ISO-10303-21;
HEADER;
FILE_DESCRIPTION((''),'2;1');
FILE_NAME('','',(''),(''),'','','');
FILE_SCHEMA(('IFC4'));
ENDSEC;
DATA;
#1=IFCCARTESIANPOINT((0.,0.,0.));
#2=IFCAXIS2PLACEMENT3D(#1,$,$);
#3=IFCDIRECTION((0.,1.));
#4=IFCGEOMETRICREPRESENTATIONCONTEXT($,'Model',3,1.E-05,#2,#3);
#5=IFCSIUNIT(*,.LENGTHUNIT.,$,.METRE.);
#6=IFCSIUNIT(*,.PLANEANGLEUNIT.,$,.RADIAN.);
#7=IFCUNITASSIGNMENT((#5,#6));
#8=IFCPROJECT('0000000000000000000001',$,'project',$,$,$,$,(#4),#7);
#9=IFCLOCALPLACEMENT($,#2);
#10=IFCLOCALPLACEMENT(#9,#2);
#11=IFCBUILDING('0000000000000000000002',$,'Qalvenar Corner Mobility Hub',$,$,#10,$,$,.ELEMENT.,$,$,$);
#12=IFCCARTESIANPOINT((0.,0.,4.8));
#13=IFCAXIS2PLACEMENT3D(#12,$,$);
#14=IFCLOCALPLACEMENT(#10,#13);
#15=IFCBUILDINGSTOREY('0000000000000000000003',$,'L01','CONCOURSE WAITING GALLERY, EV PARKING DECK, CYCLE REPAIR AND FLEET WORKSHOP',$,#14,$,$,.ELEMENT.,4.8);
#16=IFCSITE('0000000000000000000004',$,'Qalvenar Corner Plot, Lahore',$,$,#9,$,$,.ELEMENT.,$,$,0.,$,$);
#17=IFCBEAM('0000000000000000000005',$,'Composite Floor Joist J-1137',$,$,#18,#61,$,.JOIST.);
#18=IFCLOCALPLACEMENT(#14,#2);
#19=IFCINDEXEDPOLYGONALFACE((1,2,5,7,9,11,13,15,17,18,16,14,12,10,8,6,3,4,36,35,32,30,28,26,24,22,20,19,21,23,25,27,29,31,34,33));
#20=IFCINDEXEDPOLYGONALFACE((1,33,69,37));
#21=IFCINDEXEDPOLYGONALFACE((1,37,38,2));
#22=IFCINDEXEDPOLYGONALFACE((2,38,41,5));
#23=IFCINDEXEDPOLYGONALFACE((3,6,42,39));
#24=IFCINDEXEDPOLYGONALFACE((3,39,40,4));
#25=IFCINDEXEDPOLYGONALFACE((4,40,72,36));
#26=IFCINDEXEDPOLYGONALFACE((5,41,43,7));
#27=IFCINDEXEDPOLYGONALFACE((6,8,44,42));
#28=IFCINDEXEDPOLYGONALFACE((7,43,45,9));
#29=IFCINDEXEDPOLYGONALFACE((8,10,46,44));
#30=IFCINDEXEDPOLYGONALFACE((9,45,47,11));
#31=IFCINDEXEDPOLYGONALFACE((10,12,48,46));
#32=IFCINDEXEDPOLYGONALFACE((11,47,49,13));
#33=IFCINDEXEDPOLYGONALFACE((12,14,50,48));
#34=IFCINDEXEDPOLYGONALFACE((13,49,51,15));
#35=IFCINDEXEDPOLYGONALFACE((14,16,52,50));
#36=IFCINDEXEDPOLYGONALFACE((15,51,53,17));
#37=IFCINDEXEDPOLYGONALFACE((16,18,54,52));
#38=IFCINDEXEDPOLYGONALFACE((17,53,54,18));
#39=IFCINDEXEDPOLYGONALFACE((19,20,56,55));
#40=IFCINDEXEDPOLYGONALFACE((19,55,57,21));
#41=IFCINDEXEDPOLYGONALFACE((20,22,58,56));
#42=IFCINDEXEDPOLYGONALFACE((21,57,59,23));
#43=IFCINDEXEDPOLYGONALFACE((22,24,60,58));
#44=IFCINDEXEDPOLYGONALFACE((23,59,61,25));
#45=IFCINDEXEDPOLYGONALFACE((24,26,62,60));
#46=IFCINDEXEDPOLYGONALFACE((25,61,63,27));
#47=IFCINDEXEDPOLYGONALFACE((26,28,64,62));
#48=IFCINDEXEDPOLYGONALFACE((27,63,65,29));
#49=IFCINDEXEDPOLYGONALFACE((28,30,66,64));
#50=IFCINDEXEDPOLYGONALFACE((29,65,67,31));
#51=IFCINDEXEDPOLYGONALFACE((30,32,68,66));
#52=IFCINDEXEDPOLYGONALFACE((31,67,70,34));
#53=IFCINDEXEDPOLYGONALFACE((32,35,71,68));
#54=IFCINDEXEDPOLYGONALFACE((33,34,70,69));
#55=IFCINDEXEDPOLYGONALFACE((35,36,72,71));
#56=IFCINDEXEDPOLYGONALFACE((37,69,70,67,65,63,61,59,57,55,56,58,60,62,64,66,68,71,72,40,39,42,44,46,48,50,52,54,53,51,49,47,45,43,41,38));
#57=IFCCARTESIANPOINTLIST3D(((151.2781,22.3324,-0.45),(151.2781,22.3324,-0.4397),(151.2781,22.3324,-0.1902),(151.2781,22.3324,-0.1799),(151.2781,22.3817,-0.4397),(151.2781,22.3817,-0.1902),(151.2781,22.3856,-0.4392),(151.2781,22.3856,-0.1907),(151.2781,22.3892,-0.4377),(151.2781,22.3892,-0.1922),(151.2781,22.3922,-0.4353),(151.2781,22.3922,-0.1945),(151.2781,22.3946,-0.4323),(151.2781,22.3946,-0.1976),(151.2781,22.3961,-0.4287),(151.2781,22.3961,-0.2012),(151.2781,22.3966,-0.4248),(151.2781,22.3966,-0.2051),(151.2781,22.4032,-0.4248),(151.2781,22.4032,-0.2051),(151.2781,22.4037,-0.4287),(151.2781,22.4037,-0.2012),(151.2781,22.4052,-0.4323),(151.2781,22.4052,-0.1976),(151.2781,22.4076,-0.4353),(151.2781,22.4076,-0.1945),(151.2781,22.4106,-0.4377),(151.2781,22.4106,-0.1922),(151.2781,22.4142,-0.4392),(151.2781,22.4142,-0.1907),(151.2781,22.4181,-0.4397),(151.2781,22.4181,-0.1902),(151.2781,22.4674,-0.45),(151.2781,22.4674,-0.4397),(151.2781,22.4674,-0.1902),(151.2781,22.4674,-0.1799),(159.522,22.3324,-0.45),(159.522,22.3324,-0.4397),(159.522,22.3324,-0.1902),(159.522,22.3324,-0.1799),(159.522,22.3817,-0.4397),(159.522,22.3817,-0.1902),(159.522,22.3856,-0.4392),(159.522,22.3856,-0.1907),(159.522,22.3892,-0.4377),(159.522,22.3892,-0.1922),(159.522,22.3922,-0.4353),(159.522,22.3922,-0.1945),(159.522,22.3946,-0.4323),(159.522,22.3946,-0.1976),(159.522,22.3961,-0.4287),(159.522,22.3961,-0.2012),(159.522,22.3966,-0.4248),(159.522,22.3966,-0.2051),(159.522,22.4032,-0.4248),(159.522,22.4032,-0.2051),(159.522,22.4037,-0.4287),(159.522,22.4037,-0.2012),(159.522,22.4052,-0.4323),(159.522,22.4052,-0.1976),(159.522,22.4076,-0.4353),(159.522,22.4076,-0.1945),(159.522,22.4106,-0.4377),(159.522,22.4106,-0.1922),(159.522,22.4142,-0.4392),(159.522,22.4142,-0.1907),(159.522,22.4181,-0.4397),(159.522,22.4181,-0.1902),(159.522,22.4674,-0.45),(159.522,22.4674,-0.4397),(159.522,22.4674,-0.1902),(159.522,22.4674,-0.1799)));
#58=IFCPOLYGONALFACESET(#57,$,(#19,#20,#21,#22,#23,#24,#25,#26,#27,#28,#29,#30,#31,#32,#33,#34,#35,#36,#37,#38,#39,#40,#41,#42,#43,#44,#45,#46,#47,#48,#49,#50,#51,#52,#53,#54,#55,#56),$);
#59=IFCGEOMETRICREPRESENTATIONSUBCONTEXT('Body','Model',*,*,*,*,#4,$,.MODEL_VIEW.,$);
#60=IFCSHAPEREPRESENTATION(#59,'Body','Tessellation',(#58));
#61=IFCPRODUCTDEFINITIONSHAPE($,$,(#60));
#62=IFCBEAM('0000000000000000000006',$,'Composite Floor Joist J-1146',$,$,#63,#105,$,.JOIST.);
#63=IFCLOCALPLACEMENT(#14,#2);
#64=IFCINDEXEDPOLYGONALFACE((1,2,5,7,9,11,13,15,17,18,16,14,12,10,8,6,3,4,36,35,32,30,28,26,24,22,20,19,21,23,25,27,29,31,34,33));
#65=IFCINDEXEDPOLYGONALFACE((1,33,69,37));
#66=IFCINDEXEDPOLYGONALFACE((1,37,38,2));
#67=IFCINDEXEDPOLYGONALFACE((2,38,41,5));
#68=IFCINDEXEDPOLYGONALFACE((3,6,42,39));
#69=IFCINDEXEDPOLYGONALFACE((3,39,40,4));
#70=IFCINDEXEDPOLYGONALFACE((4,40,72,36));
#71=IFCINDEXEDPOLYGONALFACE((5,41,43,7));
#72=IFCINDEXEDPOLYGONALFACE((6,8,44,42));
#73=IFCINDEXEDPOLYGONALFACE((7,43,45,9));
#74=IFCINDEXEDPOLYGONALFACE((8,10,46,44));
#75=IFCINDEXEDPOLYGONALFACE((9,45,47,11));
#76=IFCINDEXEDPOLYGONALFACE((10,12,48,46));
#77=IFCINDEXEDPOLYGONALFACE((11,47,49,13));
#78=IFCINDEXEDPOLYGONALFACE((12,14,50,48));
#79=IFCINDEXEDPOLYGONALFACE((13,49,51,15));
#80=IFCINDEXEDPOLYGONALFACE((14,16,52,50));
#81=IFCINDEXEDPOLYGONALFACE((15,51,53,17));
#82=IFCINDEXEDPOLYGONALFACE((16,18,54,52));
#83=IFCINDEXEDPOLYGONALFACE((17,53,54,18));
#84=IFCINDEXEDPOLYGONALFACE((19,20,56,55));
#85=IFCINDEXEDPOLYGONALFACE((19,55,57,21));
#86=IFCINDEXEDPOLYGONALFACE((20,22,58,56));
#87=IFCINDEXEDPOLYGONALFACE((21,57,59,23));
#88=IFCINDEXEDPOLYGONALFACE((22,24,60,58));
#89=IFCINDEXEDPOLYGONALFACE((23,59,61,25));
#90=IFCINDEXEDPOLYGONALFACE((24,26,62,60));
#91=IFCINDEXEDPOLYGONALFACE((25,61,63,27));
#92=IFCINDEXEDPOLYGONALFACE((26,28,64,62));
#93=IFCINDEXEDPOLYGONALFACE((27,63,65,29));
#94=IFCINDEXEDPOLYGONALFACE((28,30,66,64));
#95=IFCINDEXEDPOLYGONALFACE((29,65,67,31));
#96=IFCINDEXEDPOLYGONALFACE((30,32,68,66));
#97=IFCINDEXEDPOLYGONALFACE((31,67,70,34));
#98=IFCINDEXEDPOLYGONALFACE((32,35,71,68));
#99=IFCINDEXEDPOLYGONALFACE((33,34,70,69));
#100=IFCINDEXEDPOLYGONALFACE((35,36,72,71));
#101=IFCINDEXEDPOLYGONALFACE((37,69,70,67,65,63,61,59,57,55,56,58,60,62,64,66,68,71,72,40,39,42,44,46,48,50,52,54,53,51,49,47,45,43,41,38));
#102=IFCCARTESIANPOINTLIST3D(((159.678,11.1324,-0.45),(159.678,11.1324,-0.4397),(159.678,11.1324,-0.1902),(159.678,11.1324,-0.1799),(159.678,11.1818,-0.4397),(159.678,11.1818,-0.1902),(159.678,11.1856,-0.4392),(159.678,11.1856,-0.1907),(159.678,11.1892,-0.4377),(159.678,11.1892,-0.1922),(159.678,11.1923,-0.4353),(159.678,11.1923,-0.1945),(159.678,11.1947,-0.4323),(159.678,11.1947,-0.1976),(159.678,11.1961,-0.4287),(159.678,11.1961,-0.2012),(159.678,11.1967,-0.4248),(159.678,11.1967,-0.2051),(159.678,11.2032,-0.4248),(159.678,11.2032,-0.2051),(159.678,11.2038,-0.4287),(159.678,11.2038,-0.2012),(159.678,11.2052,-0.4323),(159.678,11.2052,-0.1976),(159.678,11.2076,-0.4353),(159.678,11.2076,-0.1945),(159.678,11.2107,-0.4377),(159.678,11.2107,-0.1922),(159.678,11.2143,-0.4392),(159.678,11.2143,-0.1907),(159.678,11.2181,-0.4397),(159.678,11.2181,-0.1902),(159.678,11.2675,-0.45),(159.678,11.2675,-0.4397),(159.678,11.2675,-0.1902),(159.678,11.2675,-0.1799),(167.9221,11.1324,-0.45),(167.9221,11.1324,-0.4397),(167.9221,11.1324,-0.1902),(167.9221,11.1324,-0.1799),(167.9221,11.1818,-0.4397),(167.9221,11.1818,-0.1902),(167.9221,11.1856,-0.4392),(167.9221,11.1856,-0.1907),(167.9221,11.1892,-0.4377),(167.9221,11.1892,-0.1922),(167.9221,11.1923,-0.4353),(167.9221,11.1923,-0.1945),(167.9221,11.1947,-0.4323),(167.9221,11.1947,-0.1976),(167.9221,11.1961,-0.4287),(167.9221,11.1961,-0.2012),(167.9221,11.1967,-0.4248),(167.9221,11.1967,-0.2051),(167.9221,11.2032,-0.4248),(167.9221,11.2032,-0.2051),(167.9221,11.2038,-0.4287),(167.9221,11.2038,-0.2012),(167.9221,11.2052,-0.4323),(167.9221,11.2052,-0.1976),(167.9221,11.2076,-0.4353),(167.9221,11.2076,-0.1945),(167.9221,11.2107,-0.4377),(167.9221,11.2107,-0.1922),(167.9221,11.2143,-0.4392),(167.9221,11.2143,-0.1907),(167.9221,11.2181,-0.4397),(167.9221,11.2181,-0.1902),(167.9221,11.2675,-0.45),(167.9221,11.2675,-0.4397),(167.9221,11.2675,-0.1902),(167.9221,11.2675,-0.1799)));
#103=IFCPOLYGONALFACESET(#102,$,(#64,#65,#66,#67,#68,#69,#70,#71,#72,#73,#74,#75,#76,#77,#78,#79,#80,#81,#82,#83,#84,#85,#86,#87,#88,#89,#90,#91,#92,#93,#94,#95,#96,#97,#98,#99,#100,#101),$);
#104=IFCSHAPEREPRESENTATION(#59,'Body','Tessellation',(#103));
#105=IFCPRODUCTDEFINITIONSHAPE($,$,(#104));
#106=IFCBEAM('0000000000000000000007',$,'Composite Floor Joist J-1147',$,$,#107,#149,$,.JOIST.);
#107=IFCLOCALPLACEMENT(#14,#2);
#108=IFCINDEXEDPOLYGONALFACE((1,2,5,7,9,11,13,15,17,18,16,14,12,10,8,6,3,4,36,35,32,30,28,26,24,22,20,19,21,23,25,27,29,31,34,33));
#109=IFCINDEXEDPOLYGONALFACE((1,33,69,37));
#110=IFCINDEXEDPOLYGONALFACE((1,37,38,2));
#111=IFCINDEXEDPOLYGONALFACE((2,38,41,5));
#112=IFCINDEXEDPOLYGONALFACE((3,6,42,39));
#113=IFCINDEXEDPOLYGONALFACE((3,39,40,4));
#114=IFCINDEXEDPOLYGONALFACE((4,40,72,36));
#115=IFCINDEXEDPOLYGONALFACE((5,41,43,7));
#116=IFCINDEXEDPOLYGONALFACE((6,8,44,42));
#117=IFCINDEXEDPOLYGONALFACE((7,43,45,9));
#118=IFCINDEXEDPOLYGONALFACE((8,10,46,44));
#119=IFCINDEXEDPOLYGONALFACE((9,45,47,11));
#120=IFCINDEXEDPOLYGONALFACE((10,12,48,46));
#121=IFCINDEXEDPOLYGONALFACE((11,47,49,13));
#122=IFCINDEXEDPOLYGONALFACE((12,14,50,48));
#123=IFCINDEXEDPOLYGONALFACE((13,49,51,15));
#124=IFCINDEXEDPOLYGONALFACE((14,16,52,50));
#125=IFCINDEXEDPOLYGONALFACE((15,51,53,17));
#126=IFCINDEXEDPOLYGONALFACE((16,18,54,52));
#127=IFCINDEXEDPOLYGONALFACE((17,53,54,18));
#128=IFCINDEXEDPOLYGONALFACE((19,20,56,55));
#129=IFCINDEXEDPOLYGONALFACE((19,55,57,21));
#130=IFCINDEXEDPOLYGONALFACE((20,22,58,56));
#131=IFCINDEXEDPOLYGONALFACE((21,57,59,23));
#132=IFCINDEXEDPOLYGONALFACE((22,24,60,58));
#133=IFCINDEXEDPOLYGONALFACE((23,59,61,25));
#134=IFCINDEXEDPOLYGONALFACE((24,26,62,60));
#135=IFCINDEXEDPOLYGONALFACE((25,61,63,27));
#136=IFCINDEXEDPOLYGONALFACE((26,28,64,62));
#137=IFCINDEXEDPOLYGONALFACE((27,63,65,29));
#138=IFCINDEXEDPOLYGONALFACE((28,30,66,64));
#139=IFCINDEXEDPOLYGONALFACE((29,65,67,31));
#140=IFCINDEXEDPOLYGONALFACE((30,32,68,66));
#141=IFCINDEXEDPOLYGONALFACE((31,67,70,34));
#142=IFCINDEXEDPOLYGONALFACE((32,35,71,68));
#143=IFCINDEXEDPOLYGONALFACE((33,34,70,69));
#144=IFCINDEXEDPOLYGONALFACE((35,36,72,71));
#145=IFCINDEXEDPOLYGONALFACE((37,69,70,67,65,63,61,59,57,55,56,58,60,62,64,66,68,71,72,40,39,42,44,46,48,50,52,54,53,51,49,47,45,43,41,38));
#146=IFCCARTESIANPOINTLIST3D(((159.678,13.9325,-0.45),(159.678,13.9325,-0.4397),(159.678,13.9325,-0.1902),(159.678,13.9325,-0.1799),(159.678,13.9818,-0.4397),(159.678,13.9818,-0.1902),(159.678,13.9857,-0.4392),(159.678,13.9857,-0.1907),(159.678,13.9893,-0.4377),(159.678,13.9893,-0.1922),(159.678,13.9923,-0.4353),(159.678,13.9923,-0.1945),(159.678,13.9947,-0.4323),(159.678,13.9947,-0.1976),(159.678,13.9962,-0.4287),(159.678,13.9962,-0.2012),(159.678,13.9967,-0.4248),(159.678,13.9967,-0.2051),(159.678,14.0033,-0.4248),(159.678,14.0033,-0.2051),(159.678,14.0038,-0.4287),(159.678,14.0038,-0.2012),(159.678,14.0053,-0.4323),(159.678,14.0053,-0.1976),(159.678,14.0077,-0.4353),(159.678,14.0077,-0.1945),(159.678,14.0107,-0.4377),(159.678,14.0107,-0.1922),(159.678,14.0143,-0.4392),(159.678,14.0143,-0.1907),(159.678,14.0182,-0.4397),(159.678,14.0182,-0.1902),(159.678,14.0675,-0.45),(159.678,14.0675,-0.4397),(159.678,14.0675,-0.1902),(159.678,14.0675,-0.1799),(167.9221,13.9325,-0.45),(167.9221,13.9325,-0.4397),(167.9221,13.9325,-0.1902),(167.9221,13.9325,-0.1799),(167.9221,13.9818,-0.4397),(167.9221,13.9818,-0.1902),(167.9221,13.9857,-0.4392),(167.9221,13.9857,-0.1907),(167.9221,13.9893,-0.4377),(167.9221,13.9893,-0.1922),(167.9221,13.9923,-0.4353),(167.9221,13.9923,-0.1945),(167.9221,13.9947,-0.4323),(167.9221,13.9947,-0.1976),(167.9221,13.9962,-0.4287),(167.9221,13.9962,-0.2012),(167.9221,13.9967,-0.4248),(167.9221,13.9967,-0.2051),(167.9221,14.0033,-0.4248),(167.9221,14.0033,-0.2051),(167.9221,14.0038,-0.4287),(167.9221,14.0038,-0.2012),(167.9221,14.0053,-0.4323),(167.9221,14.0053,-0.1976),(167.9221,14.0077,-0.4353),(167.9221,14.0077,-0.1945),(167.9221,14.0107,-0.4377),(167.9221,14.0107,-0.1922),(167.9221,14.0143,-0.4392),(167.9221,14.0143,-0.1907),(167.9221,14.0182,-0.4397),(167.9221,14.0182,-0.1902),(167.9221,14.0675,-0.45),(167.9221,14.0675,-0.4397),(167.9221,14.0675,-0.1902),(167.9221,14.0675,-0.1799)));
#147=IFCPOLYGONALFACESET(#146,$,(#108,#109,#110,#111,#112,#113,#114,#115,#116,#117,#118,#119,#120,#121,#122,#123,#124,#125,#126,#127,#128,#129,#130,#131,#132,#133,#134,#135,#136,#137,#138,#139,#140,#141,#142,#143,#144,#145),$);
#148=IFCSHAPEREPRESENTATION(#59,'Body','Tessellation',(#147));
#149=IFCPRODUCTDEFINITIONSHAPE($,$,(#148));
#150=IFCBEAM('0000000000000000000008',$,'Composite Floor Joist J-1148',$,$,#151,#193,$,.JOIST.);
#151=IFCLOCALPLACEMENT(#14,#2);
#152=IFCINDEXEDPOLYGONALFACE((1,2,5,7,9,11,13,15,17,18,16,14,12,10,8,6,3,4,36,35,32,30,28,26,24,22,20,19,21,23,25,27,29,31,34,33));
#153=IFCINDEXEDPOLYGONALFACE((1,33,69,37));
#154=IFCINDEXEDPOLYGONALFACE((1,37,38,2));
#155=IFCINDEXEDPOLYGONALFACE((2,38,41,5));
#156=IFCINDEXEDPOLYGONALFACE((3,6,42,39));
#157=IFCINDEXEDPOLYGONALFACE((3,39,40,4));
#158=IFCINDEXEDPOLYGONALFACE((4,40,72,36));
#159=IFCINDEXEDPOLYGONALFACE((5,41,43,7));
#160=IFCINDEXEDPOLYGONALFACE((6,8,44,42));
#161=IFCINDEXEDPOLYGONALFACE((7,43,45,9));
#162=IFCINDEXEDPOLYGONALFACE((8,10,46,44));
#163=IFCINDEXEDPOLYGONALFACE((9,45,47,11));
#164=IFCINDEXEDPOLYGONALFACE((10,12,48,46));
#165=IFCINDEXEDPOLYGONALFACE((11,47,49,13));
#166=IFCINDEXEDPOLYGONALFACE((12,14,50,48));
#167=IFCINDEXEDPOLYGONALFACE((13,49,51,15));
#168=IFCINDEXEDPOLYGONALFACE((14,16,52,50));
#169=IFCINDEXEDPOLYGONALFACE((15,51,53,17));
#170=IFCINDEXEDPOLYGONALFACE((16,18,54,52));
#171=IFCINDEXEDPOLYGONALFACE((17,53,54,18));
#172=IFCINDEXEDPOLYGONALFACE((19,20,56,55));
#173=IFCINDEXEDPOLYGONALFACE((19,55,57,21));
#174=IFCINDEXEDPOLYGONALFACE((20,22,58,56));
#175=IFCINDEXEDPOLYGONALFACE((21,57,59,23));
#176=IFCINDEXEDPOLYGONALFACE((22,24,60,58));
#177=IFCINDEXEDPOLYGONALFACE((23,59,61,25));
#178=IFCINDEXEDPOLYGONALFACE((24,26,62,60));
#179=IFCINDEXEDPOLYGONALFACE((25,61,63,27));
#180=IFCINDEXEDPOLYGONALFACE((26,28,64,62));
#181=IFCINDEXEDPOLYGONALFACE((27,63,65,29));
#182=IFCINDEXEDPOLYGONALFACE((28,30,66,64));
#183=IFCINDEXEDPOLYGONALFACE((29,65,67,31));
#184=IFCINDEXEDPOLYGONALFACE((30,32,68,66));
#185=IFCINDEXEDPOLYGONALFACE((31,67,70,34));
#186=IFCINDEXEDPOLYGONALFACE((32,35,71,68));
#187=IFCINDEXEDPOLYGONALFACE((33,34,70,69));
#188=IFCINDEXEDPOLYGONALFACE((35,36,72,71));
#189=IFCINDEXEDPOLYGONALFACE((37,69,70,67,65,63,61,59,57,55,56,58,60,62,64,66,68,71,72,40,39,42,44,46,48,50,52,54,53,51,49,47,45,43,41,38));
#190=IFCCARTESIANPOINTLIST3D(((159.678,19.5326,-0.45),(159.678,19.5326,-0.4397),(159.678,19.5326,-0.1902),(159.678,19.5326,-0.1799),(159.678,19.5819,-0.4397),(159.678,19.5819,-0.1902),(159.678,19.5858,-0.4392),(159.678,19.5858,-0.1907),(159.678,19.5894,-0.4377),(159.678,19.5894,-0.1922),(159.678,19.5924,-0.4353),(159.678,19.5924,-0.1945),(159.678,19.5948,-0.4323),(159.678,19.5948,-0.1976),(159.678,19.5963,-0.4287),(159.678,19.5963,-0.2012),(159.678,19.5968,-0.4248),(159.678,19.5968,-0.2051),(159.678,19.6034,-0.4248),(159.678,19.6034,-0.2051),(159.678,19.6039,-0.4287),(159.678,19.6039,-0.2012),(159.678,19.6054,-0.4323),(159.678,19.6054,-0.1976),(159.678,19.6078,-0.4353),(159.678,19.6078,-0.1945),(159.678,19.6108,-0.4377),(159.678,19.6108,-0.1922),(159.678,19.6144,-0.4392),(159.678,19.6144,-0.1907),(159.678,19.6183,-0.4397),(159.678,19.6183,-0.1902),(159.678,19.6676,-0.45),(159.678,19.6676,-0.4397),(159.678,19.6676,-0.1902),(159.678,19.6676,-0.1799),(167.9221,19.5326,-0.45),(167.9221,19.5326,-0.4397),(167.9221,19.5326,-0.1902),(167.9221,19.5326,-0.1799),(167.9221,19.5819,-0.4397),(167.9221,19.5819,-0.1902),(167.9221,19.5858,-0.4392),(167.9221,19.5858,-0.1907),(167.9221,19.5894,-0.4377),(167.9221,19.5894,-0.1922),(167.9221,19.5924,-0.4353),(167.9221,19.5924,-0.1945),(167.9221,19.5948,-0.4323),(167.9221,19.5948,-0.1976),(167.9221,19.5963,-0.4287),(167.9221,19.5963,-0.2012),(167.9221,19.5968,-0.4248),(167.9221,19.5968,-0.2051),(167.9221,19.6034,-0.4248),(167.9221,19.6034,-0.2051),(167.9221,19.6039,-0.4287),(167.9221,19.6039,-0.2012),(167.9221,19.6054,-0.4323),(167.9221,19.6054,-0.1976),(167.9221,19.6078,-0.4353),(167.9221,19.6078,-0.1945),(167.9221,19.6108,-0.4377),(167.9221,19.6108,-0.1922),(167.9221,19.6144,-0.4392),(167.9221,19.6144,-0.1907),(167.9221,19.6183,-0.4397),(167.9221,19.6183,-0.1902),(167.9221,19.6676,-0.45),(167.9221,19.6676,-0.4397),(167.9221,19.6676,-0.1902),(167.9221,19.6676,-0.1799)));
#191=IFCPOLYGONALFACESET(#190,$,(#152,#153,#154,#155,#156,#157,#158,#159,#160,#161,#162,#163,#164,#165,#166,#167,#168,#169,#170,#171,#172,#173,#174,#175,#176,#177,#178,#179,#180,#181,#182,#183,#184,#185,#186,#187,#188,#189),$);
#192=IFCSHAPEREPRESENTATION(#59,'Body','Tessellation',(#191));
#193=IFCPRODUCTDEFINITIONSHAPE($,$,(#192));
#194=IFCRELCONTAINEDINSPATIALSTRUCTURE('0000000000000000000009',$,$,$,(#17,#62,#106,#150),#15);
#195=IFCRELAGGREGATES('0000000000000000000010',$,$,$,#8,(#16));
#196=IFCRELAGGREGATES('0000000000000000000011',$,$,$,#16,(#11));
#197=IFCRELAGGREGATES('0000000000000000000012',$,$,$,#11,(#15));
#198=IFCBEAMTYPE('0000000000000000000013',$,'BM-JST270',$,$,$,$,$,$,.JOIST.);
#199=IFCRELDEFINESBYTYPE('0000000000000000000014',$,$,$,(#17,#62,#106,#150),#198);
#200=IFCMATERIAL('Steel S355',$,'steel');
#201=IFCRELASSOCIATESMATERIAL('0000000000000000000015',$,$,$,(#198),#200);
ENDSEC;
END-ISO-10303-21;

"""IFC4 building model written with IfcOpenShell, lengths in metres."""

from ifc_helpers import new_model, si_unit, direction, frame, origin, origin_2d, place, context, subcontext, project, spatial, i_section, extrude, material, material_profile, profile_set, type_object, element, save


model = new_model("IFC4")

# Units and contexts
model_context = context("Model", 3, precision=1e-05, world=origin(), true_north=direction((0.0, 1.0)))
body_context = subcontext(model_context, "Body", "Model", "MODEL_VIEW")
ifc_project = project(units=[si_unit("LENGTHUNIT", "METRE"), si_unit("PLANEANGLEUNIT", "RADIAN")], contexts=[model_context])

# Site, building, storey
site_placement = place(None, origin())
site = spatial("IfcSite", under=ifc_project, at=site_placement, Name="Qalvenar Corner Plot, Lahore", CompositionType="ELEMENT", RefElevation=0.0)
building_placement = place(site_placement, origin())
building = spatial("IfcBuilding", under=site, at=building_placement, Name="Qalvenar Corner Mobility Hub", CompositionType="ELEMENT")
storey_placement = place(building_placement, frame((0.0, 0.0, 4.8)))
storey = spatial("IfcBuildingStorey", under=building, at=storey_placement, Name="L01", Description="CONCOURSE WAITING GALLERY, EV PARKING DECK, CYCLE REPAIR AND FLEET WORKSHOP", CompositionType="ELEMENT", Elevation=4.8)

# Shared definitions
ifc_material_1 = material(Name="Steel S355", Category="steel")

# Beams
ifc_material_profile_1 = material_profile(ifc_material_1, i_section(OverallWidth=0.135, OverallDepth=0.27, WebThickness=0.0066, FlangeThickness=0.0103, FilletRadius=0.0149, at=origin_2d()), Name="IPE270")
ifc_profile_set_1 = profile_set([ifc_material_profile_1], Name="Steel S355")
beam_type_1 = type_object("IfcBeamType", Name="BM-JST270", PredefinedType="JOIST", material=ifc_profile_set_1)
for number, where, z_axis, x_axis, name in (
    (1, (151.2781, 22.3999, -0.3149), (1.0, 0.0, 0.0), (0.0, 1.0, 0.0), "Composite Floor Joist J-1137"),
):
    element("IfcBeam", number, at=place(storey_placement, frame(where, z_axis=z_axis, x_axis=x_axis)), inside=storey, type_object=beam_type_1, Name=name, PredefinedType="JOIST", context=body_context, shape_type="SweptSolid", body=[
        extrude(i_section(OverallWidth=0.135, OverallDepth=0.27, WebThickness=0.0066, FlangeThickness=0.0103, FilletRadius=0.0149, at=origin_2d()), origin(), (0.0, 0.0, 1.0), 8.2439),
    ])
for number, where, z_axis, x_axis, name in (
    (2, (159.678, 11.2, -0.3149), (1.0, 0.0, 0.0), (0.0, 1.0, 0.0), "Composite Floor Joist J-1146"),
    (3, (159.678, 14.0, -0.3149), (1.0, 0.0, 0.0), (0.0, 1.0, 0.0), "Composite Floor Joist J-1147"),
    (4, (159.678, 19.6001, -0.3149), (1.0, 0.0, 0.0), (0.0, 1.0, 0.0), "Composite Floor Joist J-1148"),
):
    element("IfcBeam", number, at=place(storey_placement, frame(where, z_axis=z_axis, x_axis=x_axis)), inside=storey, type_object=beam_type_1, Name=name, PredefinedType="JOIST", context=body_context, shape_type="SweptSolid", body=[
        extrude(i_section(OverallWidth=0.135, OverallDepth=0.27, WebThickness=0.0066, FlangeThickness=0.0103, FilletRadius=0.0149, at=origin_2d()), origin(), (0.0, 0.0, 1.0), 8.2441),
    ])

save(model, "model.ifc")
